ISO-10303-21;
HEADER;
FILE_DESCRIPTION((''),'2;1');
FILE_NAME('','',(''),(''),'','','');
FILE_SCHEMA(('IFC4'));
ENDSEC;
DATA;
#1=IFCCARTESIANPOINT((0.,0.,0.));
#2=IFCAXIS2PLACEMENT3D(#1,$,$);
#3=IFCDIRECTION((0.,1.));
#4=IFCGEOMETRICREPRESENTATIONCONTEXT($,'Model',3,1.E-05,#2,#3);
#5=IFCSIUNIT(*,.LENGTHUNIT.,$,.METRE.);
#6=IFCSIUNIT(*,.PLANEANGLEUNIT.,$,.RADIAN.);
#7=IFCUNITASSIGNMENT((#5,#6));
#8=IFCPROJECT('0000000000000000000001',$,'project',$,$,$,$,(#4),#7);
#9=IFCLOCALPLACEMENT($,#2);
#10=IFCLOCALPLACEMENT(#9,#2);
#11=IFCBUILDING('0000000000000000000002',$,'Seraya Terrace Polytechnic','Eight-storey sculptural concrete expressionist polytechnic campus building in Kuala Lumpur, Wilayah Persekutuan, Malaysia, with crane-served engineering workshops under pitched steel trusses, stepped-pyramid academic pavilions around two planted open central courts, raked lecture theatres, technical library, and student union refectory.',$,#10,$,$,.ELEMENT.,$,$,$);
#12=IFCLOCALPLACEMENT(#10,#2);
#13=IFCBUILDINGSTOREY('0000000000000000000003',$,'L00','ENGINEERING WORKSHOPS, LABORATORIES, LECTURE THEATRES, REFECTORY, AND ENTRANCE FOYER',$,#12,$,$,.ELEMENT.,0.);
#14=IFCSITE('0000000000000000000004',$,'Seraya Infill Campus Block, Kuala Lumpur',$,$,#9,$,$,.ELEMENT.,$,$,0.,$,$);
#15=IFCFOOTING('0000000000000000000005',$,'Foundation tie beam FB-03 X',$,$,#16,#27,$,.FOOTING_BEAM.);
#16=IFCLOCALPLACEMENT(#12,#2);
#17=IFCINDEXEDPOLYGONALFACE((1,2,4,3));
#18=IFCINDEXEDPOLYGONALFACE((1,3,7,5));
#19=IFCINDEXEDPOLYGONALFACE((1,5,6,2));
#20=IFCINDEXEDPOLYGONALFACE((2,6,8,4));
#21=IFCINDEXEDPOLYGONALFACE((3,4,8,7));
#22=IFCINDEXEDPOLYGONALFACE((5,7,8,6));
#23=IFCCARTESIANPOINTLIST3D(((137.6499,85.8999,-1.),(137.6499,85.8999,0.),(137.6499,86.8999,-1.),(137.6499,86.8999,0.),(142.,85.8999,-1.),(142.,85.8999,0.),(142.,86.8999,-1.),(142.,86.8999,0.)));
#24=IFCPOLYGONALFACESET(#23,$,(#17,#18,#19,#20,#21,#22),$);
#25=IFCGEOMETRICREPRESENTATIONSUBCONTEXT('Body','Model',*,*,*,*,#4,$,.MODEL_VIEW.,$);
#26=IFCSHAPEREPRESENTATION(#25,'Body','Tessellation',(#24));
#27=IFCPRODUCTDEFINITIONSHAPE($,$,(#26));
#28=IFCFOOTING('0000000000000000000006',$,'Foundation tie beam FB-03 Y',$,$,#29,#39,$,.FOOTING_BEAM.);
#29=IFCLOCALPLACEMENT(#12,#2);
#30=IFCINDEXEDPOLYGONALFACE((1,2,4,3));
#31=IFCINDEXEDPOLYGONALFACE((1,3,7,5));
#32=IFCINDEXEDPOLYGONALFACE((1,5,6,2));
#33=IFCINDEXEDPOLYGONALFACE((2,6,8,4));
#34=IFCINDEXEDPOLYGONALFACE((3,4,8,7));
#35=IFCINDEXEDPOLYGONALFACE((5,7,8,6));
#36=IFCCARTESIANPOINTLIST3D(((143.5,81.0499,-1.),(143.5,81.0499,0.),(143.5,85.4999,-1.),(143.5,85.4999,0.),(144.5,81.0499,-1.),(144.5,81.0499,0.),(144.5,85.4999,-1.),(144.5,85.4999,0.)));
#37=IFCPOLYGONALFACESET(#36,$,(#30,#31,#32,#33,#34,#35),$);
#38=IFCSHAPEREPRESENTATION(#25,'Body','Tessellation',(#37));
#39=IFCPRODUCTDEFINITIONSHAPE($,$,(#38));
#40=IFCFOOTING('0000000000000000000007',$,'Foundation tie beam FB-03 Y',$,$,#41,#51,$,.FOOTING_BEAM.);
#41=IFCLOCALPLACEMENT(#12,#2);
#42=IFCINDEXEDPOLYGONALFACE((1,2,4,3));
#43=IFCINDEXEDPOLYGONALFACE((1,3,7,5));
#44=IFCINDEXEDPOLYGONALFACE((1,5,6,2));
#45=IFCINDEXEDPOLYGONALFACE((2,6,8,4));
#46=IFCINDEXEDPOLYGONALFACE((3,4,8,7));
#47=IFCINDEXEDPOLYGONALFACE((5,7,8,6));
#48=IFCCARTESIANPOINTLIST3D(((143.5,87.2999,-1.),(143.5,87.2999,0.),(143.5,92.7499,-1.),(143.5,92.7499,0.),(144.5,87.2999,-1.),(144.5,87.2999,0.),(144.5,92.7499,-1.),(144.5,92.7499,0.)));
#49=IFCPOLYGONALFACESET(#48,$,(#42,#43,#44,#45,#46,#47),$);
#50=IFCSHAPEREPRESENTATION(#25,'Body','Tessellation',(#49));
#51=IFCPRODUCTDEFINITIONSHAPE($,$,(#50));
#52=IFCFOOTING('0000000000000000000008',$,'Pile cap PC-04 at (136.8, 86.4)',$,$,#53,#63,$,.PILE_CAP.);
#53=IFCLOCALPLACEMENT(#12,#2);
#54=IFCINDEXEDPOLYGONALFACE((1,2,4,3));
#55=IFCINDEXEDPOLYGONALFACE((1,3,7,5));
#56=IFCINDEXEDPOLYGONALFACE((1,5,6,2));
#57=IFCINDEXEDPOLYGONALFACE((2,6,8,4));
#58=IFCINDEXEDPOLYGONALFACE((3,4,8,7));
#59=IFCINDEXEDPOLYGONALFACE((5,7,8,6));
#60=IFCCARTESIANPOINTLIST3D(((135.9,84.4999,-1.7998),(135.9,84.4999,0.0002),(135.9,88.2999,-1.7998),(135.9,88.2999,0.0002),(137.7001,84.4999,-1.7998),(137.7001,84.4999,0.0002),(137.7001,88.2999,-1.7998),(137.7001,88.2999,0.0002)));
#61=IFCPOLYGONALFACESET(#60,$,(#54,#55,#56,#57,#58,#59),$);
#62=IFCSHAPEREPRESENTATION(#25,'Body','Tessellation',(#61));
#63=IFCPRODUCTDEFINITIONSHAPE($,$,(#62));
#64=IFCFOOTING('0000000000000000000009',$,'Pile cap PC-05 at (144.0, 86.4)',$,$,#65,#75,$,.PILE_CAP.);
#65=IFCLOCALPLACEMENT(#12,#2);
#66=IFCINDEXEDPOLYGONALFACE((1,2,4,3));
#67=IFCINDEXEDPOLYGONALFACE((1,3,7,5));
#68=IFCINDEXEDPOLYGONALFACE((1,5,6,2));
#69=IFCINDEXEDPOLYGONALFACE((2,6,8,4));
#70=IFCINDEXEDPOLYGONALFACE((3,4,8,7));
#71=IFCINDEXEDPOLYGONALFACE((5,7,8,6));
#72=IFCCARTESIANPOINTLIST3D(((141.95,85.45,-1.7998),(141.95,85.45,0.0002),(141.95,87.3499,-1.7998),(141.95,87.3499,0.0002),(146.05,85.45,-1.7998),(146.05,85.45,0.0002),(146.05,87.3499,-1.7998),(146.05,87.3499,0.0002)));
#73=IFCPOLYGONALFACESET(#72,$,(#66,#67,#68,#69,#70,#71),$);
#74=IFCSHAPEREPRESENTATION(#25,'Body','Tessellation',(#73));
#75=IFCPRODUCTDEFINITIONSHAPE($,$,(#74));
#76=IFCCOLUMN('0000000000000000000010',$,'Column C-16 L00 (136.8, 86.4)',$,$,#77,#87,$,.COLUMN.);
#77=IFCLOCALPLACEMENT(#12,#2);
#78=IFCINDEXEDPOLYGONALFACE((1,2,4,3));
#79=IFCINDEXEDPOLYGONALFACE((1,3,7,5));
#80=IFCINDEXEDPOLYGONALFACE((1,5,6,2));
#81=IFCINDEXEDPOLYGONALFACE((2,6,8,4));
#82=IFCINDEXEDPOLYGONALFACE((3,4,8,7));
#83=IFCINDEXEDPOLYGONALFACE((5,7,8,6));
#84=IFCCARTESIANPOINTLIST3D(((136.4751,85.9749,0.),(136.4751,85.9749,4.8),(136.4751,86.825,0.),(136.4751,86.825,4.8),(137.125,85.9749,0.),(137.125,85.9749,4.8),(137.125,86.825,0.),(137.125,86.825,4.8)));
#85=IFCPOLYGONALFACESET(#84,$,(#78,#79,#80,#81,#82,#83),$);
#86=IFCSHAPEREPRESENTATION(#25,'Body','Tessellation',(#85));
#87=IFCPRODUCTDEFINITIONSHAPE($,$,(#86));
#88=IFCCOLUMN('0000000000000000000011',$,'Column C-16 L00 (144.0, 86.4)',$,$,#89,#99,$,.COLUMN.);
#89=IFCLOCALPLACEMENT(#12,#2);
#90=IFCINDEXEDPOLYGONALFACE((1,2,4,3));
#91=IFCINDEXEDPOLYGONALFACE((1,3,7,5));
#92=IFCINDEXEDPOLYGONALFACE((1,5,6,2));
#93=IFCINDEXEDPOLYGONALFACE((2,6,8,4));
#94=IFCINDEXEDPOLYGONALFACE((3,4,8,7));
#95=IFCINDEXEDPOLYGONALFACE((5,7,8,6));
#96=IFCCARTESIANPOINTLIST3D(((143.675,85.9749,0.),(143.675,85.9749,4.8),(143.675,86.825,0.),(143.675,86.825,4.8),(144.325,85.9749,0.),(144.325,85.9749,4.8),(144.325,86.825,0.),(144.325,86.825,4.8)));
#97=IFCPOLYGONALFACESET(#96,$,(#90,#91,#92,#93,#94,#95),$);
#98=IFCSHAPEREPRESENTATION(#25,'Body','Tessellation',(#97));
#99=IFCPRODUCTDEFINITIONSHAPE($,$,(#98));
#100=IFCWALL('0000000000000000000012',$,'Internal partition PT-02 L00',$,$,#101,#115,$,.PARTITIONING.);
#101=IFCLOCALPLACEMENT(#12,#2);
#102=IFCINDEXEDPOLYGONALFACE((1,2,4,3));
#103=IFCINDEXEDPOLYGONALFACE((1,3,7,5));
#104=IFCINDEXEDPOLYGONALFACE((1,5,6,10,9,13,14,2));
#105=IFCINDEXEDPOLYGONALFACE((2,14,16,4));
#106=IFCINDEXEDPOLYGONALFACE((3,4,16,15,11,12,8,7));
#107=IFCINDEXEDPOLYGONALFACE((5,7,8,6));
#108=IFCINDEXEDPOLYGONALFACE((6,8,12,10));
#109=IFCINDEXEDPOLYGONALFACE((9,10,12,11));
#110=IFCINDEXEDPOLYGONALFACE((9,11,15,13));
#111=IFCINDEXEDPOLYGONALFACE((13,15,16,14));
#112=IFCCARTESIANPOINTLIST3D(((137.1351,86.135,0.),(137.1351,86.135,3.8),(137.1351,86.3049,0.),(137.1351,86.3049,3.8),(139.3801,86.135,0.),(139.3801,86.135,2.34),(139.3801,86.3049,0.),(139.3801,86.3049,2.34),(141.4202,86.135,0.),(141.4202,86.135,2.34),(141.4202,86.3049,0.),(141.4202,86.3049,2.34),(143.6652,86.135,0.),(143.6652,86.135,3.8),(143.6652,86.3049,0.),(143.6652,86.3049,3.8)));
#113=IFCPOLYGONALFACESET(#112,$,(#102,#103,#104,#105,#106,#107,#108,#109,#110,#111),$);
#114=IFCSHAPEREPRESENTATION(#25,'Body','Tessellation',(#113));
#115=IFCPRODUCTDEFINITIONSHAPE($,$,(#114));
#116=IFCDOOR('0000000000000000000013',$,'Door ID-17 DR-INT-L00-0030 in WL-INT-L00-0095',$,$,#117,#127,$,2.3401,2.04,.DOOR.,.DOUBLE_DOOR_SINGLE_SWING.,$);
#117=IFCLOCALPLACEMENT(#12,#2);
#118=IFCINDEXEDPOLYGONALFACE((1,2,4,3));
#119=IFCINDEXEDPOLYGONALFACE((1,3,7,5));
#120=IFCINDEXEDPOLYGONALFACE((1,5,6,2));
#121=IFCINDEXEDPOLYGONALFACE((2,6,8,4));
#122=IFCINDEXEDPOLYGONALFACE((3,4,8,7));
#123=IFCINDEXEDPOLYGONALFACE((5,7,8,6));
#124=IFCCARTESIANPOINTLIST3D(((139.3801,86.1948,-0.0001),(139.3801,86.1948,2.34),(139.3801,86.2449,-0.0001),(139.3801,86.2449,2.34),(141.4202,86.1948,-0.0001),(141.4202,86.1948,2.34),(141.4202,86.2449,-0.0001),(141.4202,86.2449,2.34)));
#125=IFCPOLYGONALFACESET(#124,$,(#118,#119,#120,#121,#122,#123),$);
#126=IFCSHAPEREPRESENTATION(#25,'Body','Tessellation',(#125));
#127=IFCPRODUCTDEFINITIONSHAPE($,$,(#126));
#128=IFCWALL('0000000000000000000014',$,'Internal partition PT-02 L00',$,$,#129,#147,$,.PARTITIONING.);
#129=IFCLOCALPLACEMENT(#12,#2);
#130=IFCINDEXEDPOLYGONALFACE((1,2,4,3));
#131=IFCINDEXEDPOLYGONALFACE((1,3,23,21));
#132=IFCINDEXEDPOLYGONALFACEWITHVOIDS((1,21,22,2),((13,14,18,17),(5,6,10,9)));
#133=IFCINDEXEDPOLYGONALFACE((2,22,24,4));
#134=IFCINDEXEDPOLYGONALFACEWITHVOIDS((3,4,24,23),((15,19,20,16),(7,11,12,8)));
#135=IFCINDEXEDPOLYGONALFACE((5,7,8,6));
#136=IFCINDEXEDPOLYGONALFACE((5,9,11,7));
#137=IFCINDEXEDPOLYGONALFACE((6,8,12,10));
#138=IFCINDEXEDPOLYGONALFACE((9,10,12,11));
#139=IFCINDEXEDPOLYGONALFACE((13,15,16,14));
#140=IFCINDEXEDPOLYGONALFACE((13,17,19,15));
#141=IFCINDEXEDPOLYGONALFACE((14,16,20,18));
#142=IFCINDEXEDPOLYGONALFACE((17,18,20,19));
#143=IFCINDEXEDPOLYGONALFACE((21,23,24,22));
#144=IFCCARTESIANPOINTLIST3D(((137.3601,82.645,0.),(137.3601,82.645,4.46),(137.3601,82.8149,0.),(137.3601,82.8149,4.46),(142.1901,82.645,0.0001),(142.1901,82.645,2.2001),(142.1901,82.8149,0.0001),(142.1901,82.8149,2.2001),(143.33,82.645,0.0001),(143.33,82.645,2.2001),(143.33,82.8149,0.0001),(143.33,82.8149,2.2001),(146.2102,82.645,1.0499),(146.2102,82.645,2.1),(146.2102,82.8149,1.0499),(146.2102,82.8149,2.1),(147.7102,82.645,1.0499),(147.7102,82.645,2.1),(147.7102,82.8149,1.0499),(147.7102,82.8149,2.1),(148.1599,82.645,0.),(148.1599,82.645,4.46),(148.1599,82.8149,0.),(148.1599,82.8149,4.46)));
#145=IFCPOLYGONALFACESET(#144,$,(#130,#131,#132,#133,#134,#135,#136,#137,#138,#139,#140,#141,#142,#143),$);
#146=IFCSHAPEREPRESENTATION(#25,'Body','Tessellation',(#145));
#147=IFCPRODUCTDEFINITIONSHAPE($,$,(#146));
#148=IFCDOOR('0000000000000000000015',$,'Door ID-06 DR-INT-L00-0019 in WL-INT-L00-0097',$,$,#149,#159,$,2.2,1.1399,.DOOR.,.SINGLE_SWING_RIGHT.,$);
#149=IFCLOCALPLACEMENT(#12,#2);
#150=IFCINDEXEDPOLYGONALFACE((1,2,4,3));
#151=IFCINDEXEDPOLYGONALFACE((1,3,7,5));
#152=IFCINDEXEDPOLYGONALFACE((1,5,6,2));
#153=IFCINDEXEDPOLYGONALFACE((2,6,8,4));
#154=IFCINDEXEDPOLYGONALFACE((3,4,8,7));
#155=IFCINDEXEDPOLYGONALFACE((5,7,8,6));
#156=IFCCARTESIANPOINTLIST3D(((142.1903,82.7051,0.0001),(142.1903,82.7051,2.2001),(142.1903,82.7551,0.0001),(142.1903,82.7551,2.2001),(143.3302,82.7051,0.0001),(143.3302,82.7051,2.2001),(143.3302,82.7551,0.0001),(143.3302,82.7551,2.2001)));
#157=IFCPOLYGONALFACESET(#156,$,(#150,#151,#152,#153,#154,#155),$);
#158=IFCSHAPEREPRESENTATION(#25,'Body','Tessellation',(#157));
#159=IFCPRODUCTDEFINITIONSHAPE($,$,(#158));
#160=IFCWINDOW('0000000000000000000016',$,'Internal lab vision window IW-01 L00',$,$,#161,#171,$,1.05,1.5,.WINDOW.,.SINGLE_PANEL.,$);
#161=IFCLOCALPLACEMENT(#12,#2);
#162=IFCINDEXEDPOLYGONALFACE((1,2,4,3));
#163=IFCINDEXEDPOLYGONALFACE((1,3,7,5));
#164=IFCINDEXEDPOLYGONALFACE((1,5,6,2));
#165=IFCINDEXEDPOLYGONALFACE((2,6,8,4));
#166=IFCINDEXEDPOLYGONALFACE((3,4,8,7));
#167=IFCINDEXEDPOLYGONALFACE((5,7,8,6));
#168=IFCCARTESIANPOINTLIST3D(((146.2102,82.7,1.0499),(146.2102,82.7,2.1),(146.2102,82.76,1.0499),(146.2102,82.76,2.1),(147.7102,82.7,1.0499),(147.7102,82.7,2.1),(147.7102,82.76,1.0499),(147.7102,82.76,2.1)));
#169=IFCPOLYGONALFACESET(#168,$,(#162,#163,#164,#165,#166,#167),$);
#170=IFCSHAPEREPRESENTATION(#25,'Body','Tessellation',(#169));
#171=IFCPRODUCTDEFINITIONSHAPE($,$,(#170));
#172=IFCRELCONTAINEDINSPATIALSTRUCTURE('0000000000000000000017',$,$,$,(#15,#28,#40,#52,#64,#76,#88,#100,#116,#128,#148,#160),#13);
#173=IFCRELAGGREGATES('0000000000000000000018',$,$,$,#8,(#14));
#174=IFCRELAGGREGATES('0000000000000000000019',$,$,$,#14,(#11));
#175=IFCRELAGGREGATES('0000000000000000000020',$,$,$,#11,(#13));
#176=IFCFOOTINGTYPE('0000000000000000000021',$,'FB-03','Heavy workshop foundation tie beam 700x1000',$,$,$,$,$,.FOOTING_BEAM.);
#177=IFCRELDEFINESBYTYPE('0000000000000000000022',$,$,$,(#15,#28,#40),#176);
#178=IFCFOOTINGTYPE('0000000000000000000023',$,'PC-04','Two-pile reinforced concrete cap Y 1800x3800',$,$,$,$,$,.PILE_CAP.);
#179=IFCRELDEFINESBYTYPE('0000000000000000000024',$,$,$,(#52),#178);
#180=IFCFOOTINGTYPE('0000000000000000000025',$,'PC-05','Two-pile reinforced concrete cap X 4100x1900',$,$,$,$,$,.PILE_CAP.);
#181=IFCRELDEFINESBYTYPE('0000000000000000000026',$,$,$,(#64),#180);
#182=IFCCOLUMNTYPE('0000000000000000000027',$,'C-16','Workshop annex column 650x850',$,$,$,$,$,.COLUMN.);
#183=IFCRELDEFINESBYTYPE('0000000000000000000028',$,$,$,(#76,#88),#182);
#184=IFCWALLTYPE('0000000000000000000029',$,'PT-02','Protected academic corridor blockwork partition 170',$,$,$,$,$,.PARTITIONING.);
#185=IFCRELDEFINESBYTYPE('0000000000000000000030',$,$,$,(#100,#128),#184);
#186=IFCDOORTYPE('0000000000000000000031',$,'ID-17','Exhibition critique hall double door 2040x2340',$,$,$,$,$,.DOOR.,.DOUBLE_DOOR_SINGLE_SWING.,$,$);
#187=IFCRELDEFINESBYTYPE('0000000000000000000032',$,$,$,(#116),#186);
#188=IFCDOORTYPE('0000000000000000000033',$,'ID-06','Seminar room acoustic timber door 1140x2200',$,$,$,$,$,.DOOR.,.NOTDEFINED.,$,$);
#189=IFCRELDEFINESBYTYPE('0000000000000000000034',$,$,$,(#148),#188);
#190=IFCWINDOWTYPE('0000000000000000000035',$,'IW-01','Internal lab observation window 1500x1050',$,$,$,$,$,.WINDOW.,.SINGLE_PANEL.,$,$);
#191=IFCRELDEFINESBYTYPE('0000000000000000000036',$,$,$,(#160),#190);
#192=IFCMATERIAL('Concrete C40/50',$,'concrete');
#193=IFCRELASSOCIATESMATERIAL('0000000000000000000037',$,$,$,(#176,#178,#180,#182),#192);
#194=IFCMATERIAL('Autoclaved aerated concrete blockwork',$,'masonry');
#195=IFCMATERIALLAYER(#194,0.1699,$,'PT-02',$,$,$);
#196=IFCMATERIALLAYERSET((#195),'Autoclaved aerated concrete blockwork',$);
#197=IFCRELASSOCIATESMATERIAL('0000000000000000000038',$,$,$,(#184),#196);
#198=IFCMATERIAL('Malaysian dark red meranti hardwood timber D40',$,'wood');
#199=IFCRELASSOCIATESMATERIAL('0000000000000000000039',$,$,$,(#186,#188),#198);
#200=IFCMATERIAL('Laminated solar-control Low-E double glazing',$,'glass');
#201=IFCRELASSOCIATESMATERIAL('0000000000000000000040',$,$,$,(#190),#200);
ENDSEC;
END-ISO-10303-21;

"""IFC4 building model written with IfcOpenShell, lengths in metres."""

from ifc_helpers import new_model, si_unit, direction, frame, frame_2d, origin, origin_2d, place, context, subcontext, project, spatial, rectangle, extrude, material, layer, layer_set, material_profile, profile_set, type_object, element, fill, save


model = new_model("IFC4")

# Units and contexts
model_context = context("Model", 3, precision=1e-05, world=origin(), true_north=direction((0.0, 1.0)))
body_context = subcontext(model_context, "Body", "Model", "MODEL_VIEW")
ifc_project = project(units=[si_unit("LENGTHUNIT", "METRE"), si_unit("PLANEANGLEUNIT", "RADIAN")], contexts=[model_context])

# Site, building, storey
site_placement = place(None, origin())
site = spatial("IfcSite", under=ifc_project, at=site_placement, Name="Seraya Infill Campus Block, Kuala Lumpur", CompositionType="ELEMENT", RefElevation=0.0)
building_placement = place(site_placement, origin())
building = spatial("IfcBuilding", under=site, at=building_placement, Name="Seraya Terrace Polytechnic", Description="Eight-storey sculptural concrete expressionist polytechnic campus building in Kuala Lumpur, Wilayah Persekutuan, Malaysia, with crane-served engineering workshops under pitched steel trusses, stepped-pyramid academic pavilions around two planted open central courts, raked lecture theatres, technical library, and student union refectory.", CompositionType="ELEMENT")
storey_placement = place(building_placement, origin())
storey = spatial("IfcBuildingStorey", under=building, at=storey_placement, Name="L00", Description="ENGINEERING WORKSHOPS, LABORATORIES, LECTURE THEATRES, REFECTORY, AND ENTRANCE FOYER", CompositionType="ELEMENT", Elevation=0.0)

# Shared definitions
ifc_material_1 = material(Name="Concrete C40/50", Category="concrete")

# Footings
footing_type_1 = type_object("IfcFootingType", Name="FB-03", Description="Heavy workshop foundation tie beam 700x1000", PredefinedType="FOOTING_BEAM", material=ifc_material_1)
footing_1_placement = place(storey_placement, frame((139.825, 86.3999, -1.0), z_axis=(0.0, 0.0, 1.0), x_axis=(1.0, 0.0, 0.0)))
element("IfcFooting", 1, at=footing_1_placement, inside=storey, type_object=footing_type_1, Name="Foundation tie beam FB-03 X", PredefinedType="FOOTING_BEAM", context=body_context, shape_type="SweptSolid", body=[
    extrude(rectangle(XDim=4.3501, YDim=1.0, at=origin_2d()), origin(), (0.0, 0.0, 1.0), 1.0),
])
footing_2_placement = place(storey_placement, frame((144.0, 83.2749, -1.0), z_axis=(0.0, 0.0, 1.0), x_axis=(0.0, 1.0, 0.0)))
element("IfcFooting", 2, at=footing_2_placement, inside=storey, type_object=footing_type_1, Name="Foundation tie beam FB-03 Y", PredefinedType="FOOTING_BEAM", context=body_context, shape_type="SweptSolid", body=[
    extrude(rectangle(XDim=4.45, YDim=1.0, at=origin_2d()), origin(), (0.0, 0.0, 1.0), 1.0),
])
footing_3_placement = place(storey_placement, frame((144.0, 90.0249, -1.0), z_axis=(0.0, 0.0, 1.0), x_axis=(0.0, 1.0, 0.0)))
element("IfcFooting", 3, at=footing_3_placement, inside=storey, type_object=footing_type_1, Name="Foundation tie beam FB-03 Y", PredefinedType="FOOTING_BEAM", context=body_context, shape_type="SweptSolid", body=[
    extrude(rectangle(XDim=5.45, YDim=1.0, at=origin_2d()), origin(), (0.0, 0.0, 1.0), 1.0),
])
footing_type_2 = type_object("IfcFootingType", Name="PC-04", Description="Two-pile reinforced concrete cap Y 1800x3800", PredefinedType="PILE_CAP", material=ifc_material_1)
footing_4_placement = place(storey_placement, frame((136.8, 86.3999, -1.7998), z_axis=(0.0, 0.0, 1.0), x_axis=(1.0, 0.0, 0.0)))
element("IfcFooting", 4, at=footing_4_placement, inside=storey, type_object=footing_type_2, Name="Pile cap PC-04 at (136.8, 86.4)", PredefinedType="PILE_CAP", context=body_context, shape_type="SweptSolid", body=[
    extrude(rectangle(XDim=1.8, YDim=3.8, at=origin_2d()), origin(), (0.0, 0.0, 1.0), 1.8),
])
footing_type_3 = type_object("IfcFootingType", Name="PC-05", Description="Two-pile reinforced concrete cap X 4100x1900", PredefinedType="PILE_CAP", material=ifc_material_1)
footing_5_placement = place(storey_placement, frame((144.0, 86.3999, -1.7998), z_axis=(0.0, 0.0, 1.0), x_axis=(1.0, 0.0, 0.0)))
element("IfcFooting", 5, at=footing_5_placement, inside=storey, type_object=footing_type_3, Name="Pile cap PC-05 at (144.0, 86.4)", PredefinedType="PILE_CAP", context=body_context, shape_type="SweptSolid", body=[
    extrude(rectangle(XDim=4.1001, YDim=1.8999, at=origin_2d()), origin(), (0.0, 0.0, 1.0), 1.8),
])

# Columns
ifc_material_profile_1 = material_profile(ifc_material_1, rectangle(XDim=0.6499, YDim=0.8501, at=origin_2d()), Name="RC 650x850")
ifc_profile_set_1 = profile_set([ifc_material_profile_1], Name="Concrete C40/50")
column_type = type_object("IfcColumnType", Name="C-16", Description="Workshop annex column 650x850", PredefinedType="COLUMN", material=ifc_profile_set_1)
for number, where, z_axis, x_axis, name in (
    (6, (136.8, 86.3999, 0.0), (0.0, 0.0, 1.0), (1.0, 0.0, 0.0), "Column C-16 L00 (136.8, 86.4)"),
    (7, (144.0, 86.3999, 0.0), (0.0, 0.0, 1.0), (1.0, 0.0, 0.0), "Column C-16 L00 (144.0, 86.4)"),
):
    element("IfcColumn", number, at=place(storey_placement, frame(where, z_axis=z_axis, x_axis=x_axis)), inside=storey, type_object=column_type, Name=name, PredefinedType="COLUMN", context=body_context, shape_type="SweptSolid", body=[
        extrude(rectangle(XDim=0.6499, YDim=0.8501, at=origin_2d()), origin(), (0.0, 0.0, 1.0), 4.8),
    ])

# Wall, opening, door
ifc_material_2 = material(Name="Autoclaved aerated concrete blockwork", Category="masonry")
ifc_layer_1 = layer(ifc_material_2, 0.1699, Name="PT-02")
ifc_layer_set_1 = layer_set([ifc_layer_1], Name="Autoclaved aerated concrete blockwork")
wall_type_1 = type_object("IfcWallType", Name="PT-02", Description="Protected academic corridor blockwork partition 170", PredefinedType="PARTITIONING", material=ifc_layer_set_1)
wall_1_placement = place(storey_placement, frame((137.135, 86.22, 0.0), z_axis=(0.0, 0.0, 1.0), x_axis=(1.0, 0.0, 0.0)))
wall_1 = element("IfcWall", 8, at=wall_1_placement, inside=storey, type_object=wall_type_1, Name="Internal partition PT-02 L00", PredefinedType="PARTITIONING", context=body_context, shape_type="SweptSolid", body=[
    extrude(rectangle(XDim=6.53, YDim=0.1699, at=frame_2d((3.2651, 0.0))), origin(), (0.0, 0.0, 1.0), 3.8),
])
opening_1_placement = place(wall_1_placement, frame((2.2451, 0.0, 0.0)))
opening_1 = element("IfcOpeningElement", 9, at=opening_1_placement, cuts=wall_1, PredefinedType="OPENING", context=body_context, shape_type="SweptSolid", body=[
    extrude(rectangle(XDim=2.04, YDim=2.3401, at=frame_2d((1.02, 1.1699))), frame((0.0, 0.0969, 0.0), z_axis=(0.0, -1.0, 0.0), x_axis=(1.0, 0.0, 0.0)), (0.0, 0.0, 1.0), 0.1938),
])
ifc_material_3 = material(Name="Malaysian dark red meranti hardwood timber D40", Category="wood")
door_type_1 = type_object("IfcDoorType", Name="ID-17", Description="Exhibition critique hall double door 2040x2340", OperationType="DOUBLE_DOOR_SINGLE_SWING", PredefinedType="DOOR", material=ifc_material_3)
door_1_placement = place(opening_1_placement, origin())
door_1 = element("IfcDoor", 10, at=door_1_placement, inside=storey, type_object=door_type_1, Name="Door ID-17 DR-INT-L00-0030 in WL-INT-L00-0095", OperationType="DOUBLE_DOOR_SINGLE_SWING", OverallHeight=2.3401, OverallWidth=2.04, PredefinedType="DOOR", context=body_context, shape_type="SweptSolid", body=[
    extrude(rectangle(XDim=2.04, YDim=2.3401, at=frame_2d((1.02, 1.1699))), frame((0.0, 0.0249, 0.0), z_axis=(0.0, -1.0, 0.0), x_axis=(1.0, 0.0, 0.0)), (0.0, 0.0, 1.0), 0.05),
])
fill(opening_1, door_1)

# Wall, openings, door, window
wall_2_placement = place(storey_placement, frame((137.3601, 82.73, 0.0), z_axis=(0.0, 0.0, 1.0), x_axis=(1.0, 0.0, 0.0)))
wall_2 = element("IfcWall", 11, at=wall_2_placement, inside=storey, type_object=wall_type_1, Name="Internal partition PT-02 L00", PredefinedType="PARTITIONING", context=body_context, shape_type="SweptSolid", body=[
    extrude(rectangle(XDim=10.7998, YDim=0.1699, at=frame_2d((5.3999, 0.0))), origin(), (0.0, 0.0, 1.0), 4.46),
])
opening_2_placement = place(wall_2_placement, frame((4.8301, 0.0, 0.0)))
opening_2 = element("IfcOpeningElement", 12, at=opening_2_placement, cuts=wall_2, PredefinedType="OPENING", context=body_context, shape_type="SweptSolid", body=[
    extrude(rectangle(XDim=1.1399, YDim=2.2, at=frame_2d((0.5698, 1.1001))), frame((0.0, 0.0969, 0.0), z_axis=(0.0, -1.0, 0.0), x_axis=(1.0, 0.0, 0.0)), (0.0, 0.0, 1.0), 0.1938),
])
opening_3_placement = place(wall_2_placement, frame((8.8501, 0.0, 1.05)))
opening_3 = element("IfcOpeningElement", 13, at=opening_3_placement, cuts=wall_2, PredefinedType="OPENING", context=body_context, shape_type="SweptSolid", body=[
    extrude(rectangle(XDim=1.5, YDim=1.05, at=frame_2d((0.75, 0.5249))), frame((0.0, 0.0969, 0.0), z_axis=(0.0, -1.0, 0.0), x_axis=(1.0, 0.0, 0.0)), (0.0, 0.0, 1.0), 0.1938),
])
door_type_2 = type_object("IfcDoorType", Name="ID-06", Description="Seminar room acoustic timber door 1140x2200", OperationType="NOTDEFINED", PredefinedType="DOOR", material=ifc_material_3)
door_2_placement = place(opening_2_placement, frame((1.1399, 0.0, 0.0), z_axis=(0.0, 0.0, 1.0), x_axis=(-1.0, 0.0, 0.0)))
door_2 = element("IfcDoor", 14, at=door_2_placement, inside=storey, type_object=door_type_2, Name="Door ID-06 DR-INT-L00-0019 in WL-INT-L00-0097", OperationType="SINGLE_SWING_RIGHT", OverallHeight=2.2, OverallWidth=1.1399, PredefinedType="DOOR", context=body_context, shape_type="SweptSolid", body=[
    extrude(rectangle(XDim=1.1399, YDim=2.2, at=frame_2d((0.5698, 1.1001))), frame((0.0, 0.0249, 0.0), z_axis=(0.0, -1.0, 0.0), x_axis=(1.0, 0.0, 0.0)), (0.0, 0.0, 1.0), 0.05),
])
fill(opening_2, door_2)
ifc_material_4 = material(Name="Laminated solar-control Low-E double glazing", Category="glass")
window_type = type_object("IfcWindowType", Name="IW-01", Description="Internal lab observation window 1500x1050", PartitioningType="SINGLE_PANEL", PredefinedType="WINDOW", material=ifc_material_4)
window_placement = place(opening_3_placement, origin())
window = element("IfcWindow", 15, at=window_placement, inside=storey, type_object=window_type, Name="Internal lab vision window IW-01 L00", OverallHeight=1.05, OverallWidth=1.5, PartitioningType="SINGLE_PANEL", PredefinedType="WINDOW", context=body_context, shape_type="SweptSolid", body=[
    extrude(rectangle(XDim=1.5, YDim=1.05, at=frame_2d((0.75, 0.5249))), frame((0.0, 0.03, 0.0), z_axis=(0.0, -1.0, 0.0), x_axis=(1.0, 0.0, 0.0)), (0.0, 0.0, 1.0), 0.0601),
])
fill(opening_3, window)

save(model, "model.ifc")
